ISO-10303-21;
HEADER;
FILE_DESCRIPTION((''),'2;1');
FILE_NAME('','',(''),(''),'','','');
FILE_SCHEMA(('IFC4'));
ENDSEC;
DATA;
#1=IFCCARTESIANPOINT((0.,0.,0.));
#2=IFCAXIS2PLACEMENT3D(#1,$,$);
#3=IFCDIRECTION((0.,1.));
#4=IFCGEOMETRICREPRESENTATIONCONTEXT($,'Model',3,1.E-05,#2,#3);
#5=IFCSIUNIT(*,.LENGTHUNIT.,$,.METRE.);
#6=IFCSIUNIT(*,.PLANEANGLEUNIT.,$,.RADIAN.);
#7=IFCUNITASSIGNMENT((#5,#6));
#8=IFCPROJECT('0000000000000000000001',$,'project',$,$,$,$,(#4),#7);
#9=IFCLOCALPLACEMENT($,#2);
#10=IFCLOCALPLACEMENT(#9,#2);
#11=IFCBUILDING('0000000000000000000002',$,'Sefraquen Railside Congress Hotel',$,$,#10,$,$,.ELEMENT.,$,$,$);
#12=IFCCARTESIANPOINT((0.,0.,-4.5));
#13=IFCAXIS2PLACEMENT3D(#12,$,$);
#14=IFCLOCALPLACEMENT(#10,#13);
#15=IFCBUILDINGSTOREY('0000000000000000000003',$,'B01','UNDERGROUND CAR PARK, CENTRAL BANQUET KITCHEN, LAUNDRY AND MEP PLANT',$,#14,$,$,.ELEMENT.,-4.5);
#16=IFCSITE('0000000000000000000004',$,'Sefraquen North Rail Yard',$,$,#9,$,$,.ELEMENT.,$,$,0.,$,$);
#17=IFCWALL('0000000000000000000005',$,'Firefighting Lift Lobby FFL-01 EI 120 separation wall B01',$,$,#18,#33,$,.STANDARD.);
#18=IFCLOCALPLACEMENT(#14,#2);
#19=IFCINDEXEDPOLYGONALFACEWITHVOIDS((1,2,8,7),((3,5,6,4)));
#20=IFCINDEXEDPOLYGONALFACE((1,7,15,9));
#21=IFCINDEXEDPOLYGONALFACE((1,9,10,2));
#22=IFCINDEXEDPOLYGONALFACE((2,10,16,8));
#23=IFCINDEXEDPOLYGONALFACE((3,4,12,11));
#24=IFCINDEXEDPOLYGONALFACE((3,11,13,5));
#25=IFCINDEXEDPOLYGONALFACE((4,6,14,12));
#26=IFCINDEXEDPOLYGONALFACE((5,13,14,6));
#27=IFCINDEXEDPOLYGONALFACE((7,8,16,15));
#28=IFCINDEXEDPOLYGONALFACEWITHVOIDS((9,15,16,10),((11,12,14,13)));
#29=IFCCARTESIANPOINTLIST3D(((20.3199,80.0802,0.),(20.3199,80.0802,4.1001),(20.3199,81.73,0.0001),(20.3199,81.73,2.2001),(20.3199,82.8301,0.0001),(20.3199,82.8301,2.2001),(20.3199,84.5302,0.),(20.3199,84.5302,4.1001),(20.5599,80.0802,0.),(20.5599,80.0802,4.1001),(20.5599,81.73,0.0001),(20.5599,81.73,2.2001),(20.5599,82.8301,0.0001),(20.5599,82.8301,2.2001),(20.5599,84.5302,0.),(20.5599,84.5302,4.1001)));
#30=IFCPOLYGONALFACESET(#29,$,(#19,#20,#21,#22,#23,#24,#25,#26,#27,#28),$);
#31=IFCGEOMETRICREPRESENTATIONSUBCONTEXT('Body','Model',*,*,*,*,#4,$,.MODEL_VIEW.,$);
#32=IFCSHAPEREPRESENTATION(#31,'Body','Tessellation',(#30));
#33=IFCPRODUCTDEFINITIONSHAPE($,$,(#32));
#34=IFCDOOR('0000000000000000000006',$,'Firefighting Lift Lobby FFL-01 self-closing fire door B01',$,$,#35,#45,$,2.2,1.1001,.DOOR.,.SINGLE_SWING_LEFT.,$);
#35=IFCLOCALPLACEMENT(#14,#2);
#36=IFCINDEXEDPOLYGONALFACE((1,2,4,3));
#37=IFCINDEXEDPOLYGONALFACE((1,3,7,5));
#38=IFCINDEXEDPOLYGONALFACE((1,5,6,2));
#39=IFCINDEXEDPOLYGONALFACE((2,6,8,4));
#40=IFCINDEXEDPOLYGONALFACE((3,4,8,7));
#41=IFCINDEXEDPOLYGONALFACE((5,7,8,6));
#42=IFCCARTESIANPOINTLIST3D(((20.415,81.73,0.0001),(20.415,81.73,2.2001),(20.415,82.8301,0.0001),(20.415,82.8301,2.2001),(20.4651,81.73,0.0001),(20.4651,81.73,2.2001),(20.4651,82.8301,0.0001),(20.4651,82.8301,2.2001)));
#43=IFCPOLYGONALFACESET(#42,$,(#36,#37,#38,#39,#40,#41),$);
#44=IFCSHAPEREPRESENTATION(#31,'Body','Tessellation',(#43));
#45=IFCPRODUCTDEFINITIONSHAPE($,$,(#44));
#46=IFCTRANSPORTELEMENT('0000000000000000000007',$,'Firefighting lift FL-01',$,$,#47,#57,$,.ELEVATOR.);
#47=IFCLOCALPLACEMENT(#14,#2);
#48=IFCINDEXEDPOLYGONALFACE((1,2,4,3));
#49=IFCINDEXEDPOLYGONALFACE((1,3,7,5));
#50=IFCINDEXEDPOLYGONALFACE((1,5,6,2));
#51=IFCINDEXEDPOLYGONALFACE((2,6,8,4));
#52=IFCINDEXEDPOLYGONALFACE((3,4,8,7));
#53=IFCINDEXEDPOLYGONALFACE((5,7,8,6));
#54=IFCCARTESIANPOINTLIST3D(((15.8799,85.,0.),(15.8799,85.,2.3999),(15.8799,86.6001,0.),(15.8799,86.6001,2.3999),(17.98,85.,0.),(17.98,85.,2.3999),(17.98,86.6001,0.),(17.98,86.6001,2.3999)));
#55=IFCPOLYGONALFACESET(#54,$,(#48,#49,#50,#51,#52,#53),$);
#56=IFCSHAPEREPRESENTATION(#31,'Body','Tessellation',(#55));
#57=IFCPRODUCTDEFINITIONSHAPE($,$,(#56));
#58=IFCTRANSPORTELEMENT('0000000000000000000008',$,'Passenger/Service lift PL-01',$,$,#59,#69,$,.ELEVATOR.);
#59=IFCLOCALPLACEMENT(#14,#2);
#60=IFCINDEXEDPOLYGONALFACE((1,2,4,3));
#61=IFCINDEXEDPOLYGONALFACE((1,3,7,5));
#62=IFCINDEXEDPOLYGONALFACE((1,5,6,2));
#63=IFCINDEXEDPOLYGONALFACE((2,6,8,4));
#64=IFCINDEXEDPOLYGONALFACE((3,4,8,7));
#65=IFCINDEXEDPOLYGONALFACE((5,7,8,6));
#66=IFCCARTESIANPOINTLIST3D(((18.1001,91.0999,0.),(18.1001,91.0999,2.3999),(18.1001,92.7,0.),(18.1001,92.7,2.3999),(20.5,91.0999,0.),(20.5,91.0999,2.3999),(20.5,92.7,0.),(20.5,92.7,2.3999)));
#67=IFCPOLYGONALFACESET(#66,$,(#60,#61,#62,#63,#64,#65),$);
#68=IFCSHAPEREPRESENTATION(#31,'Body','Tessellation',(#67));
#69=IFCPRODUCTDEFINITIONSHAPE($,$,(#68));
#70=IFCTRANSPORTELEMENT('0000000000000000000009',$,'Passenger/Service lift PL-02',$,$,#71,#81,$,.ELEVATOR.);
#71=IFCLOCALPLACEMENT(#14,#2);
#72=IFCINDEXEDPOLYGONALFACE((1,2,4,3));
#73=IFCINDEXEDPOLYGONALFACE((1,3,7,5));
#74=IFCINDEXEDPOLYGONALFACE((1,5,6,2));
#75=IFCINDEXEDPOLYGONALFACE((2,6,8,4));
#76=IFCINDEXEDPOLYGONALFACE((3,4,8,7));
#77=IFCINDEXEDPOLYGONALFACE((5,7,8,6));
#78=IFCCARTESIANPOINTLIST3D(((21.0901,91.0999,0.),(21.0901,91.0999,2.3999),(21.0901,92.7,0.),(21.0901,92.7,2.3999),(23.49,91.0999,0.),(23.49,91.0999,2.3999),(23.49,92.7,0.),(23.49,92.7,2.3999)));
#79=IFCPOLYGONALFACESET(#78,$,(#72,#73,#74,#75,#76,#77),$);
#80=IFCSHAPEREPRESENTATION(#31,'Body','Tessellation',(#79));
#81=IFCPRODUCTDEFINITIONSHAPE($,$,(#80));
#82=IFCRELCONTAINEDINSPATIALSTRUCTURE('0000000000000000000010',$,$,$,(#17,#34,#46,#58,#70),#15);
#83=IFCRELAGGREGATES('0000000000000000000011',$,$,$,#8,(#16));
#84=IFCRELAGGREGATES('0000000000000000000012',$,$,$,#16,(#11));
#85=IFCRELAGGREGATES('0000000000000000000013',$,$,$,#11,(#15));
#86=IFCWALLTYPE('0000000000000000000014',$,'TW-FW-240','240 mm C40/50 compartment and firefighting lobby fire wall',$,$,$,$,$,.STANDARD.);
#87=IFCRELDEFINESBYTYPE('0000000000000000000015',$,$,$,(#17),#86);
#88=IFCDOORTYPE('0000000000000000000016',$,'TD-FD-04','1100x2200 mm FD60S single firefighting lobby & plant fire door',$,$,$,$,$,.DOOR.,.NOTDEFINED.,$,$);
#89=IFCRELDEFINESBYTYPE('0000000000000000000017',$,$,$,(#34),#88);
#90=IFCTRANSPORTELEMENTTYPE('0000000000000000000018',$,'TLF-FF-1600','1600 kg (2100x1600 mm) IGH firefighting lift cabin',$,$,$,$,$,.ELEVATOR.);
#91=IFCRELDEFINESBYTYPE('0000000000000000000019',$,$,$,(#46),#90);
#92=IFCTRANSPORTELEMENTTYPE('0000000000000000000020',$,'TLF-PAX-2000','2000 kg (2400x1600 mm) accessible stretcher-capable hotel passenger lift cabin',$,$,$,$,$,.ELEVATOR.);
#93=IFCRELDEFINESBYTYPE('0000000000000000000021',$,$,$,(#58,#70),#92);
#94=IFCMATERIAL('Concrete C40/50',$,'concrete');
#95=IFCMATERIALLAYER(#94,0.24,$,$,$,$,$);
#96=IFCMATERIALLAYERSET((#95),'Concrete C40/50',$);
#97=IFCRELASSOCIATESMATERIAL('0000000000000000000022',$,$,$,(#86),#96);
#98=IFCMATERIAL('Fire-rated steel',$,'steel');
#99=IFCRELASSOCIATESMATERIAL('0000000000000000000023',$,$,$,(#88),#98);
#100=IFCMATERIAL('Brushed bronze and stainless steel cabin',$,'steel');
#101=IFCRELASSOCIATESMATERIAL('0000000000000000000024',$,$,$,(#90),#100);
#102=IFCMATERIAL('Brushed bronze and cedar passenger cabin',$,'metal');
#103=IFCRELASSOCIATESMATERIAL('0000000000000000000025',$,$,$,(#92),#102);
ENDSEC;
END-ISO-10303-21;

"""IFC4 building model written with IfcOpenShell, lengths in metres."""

from ifc_helpers import new_model, si_unit, direction, frame, frame_2d, origin, origin_2d, place, context, subcontext, project, spatial, rectangle, extrude, material, layer, layer_set, type_object, element, fill, save


model = new_model("IFC4")

# Units and contexts
model_context = context("Model", 3, precision=1e-05, world=origin(), true_north=direction((0.0, 1.0)))
body_context = subcontext(model_context, "Body", "Model", "MODEL_VIEW")
ifc_project = project(units=[si_unit("LENGTHUNIT", "METRE"), si_unit("PLANEANGLEUNIT", "RADIAN")], contexts=[model_context])

# Site, building, storey
site_placement = place(None, origin())
site = spatial("IfcSite", under=ifc_project, at=site_placement, Name="Sefraquen North Rail Yard", CompositionType="ELEMENT", RefElevation=0.0)
building_placement = place(site_placement, origin())
building = spatial("IfcBuilding", under=site, at=building_placement, Name="Sefraquen Railside Congress Hotel", CompositionType="ELEMENT")
storey_placement = place(building_placement, frame((0.0, 0.0, -4.5)))
storey = spatial("IfcBuildingStorey", under=building, at=storey_placement, Name="B01", Description="UNDERGROUND CAR PARK, CENTRAL BANQUET KITCHEN, LAUNDRY AND MEP PLANT", CompositionType="ELEMENT", Elevation=-4.5)

# Shared definitions
ifc_material_1 = material(Name="Concrete C40/50", Category="concrete")
ifc_layer_1 = layer(ifc_material_1, 0.24)
ifc_layer_set_1 = layer_set([ifc_layer_1], Name="Concrete C40/50")
wall_type_1 = type_object("IfcWallType", Name="TW-FW-240", Description="240 mm C40/50 compartment and firefighting lobby fire wall", PredefinedType="STANDARD", material=ifc_layer_set_1)

# Wall, opening, door
wall_1_placement = place(storey_placement, frame((20.4399, 80.0801, 0.0), z_axis=(0.0, 0.0, 1.0), x_axis=(0.0, 1.0, 0.0)))
wall_1 = element("IfcWall", 1, at=wall_1_placement, inside=storey, type_object=wall_type_1, Name="Firefighting Lift Lobby FFL-01 EI 120 separation wall B01", PredefinedType="STANDARD", context=body_context, shape_type="SweptSolid", body=[
    extrude(rectangle(XDim=4.45, YDim=0.24, at=frame_2d((2.2251, 0.0))), origin(), (0.0, 0.0, 1.0), 4.1001),
])
opening_1_placement = place(wall_1_placement, frame((1.6499, 0.0, 0.0)))
opening_1 = element("IfcOpeningElement", 2, at=opening_1_placement, cuts=wall_1, PredefinedType="OPENING", context=body_context, shape_type="SweptSolid", body=[
    extrude(rectangle(XDim=1.1001, YDim=2.2, at=frame_2d((0.55, 1.1001))), frame((0.0, 0.1299, 0.0), z_axis=(0.0, -1.0, 0.0), x_axis=(1.0, 0.0, 0.0)), (0.0, 0.0, 1.0), 0.26),
])
ifc_material_2 = material(Name="Fire-rated steel", Category="steel")
door_type_1 = type_object("IfcDoorType", Name="TD-FD-04", Description="1100x2200 mm FD60S single firefighting lobby & plant fire door", OperationType="NOTDEFINED", PredefinedType="DOOR", material=ifc_material_2)
door_1_placement = place(opening_1_placement, origin())
door_1 = element("IfcDoor", 3, at=door_1_placement, inside=storey, type_object=door_type_1, Name="Firefighting Lift Lobby FFL-01 self-closing fire door B01", OperationType="SINGLE_SWING_LEFT", OverallHeight=2.2, OverallWidth=1.1001, PredefinedType="DOOR", context=body_context, shape_type="SweptSolid", body=[
    extrude(rectangle(XDim=1.1001, YDim=2.2, at=frame_2d((0.55, 1.1001))), frame((0.0, 0.0249, 0.0), z_axis=(0.0, -1.0, 0.0), x_axis=(1.0, 0.0, 0.0)), (0.0, 0.0, 1.0), 0.05),
])
fill(opening_1, door_1)

# Transport elements
ifc_material_3 = material(Name="Brushed bronze and stainless steel cabin", Category="steel")
transport_element_type_1 = type_object("IfcTransportElementType", Name="TLF-FF-1600", Description="1600 kg (2100x1600 mm) IGH firefighting lift cabin", PredefinedType="ELEVATOR", material=ifc_material_3)
transport_element_placement = place(storey_placement, frame((16.9299, 85.8, 0.0), z_axis=(0.0, 0.0, 1.0), x_axis=(1.0, 0.0, 0.0)))
element("IfcTransportElement", 4, at=transport_element_placement, inside=storey, type_object=transport_element_type_1, Name="Firefighting lift FL-01", PredefinedType="ELEVATOR", context=body_context, shape_type="SweptSolid", body=[
    extrude(rectangle(XDim=2.1001, YDim=1.6001, at=origin_2d()), origin(), (0.0, 0.0, 1.0), 2.3999),
])
ifc_material_4 = material(Name="Brushed bronze and cedar passenger cabin", Category="metal")
transport_element_type_2 = type_object("IfcTransportElementType", Name="TLF-PAX-2000", Description="2000 kg (2400x1600 mm) accessible stretcher-capable hotel passenger lift cabin", PredefinedType="ELEVATOR", material=ifc_material_4)
for number, where, z_axis, x_axis, name in (
    (5, (19.3, 91.8999, 0.0), (0.0, 0.0, 1.0), (1.0, 0.0, 0.0), "Passenger/Service lift PL-01"),
    (6, (22.29, 91.8999, 0.0), (0.0, 0.0, 1.0), (1.0, 0.0, 0.0), "Passenger/Service lift PL-02"),
):
    element("IfcTransportElement", number, at=place(storey_placement, frame(where, z_axis=z_axis, x_axis=x_axis)), inside=storey, type_object=transport_element_type_2, Name=name, PredefinedType="ELEVATOR", context=body_context, shape_type="SweptSolid", body=[
        extrude(rectangle(XDim=2.3999, YDim=1.6001, at=origin_2d()), origin(), (0.0, 0.0, 1.0), 2.3999),
    ])

save(model, "model.ifc")
